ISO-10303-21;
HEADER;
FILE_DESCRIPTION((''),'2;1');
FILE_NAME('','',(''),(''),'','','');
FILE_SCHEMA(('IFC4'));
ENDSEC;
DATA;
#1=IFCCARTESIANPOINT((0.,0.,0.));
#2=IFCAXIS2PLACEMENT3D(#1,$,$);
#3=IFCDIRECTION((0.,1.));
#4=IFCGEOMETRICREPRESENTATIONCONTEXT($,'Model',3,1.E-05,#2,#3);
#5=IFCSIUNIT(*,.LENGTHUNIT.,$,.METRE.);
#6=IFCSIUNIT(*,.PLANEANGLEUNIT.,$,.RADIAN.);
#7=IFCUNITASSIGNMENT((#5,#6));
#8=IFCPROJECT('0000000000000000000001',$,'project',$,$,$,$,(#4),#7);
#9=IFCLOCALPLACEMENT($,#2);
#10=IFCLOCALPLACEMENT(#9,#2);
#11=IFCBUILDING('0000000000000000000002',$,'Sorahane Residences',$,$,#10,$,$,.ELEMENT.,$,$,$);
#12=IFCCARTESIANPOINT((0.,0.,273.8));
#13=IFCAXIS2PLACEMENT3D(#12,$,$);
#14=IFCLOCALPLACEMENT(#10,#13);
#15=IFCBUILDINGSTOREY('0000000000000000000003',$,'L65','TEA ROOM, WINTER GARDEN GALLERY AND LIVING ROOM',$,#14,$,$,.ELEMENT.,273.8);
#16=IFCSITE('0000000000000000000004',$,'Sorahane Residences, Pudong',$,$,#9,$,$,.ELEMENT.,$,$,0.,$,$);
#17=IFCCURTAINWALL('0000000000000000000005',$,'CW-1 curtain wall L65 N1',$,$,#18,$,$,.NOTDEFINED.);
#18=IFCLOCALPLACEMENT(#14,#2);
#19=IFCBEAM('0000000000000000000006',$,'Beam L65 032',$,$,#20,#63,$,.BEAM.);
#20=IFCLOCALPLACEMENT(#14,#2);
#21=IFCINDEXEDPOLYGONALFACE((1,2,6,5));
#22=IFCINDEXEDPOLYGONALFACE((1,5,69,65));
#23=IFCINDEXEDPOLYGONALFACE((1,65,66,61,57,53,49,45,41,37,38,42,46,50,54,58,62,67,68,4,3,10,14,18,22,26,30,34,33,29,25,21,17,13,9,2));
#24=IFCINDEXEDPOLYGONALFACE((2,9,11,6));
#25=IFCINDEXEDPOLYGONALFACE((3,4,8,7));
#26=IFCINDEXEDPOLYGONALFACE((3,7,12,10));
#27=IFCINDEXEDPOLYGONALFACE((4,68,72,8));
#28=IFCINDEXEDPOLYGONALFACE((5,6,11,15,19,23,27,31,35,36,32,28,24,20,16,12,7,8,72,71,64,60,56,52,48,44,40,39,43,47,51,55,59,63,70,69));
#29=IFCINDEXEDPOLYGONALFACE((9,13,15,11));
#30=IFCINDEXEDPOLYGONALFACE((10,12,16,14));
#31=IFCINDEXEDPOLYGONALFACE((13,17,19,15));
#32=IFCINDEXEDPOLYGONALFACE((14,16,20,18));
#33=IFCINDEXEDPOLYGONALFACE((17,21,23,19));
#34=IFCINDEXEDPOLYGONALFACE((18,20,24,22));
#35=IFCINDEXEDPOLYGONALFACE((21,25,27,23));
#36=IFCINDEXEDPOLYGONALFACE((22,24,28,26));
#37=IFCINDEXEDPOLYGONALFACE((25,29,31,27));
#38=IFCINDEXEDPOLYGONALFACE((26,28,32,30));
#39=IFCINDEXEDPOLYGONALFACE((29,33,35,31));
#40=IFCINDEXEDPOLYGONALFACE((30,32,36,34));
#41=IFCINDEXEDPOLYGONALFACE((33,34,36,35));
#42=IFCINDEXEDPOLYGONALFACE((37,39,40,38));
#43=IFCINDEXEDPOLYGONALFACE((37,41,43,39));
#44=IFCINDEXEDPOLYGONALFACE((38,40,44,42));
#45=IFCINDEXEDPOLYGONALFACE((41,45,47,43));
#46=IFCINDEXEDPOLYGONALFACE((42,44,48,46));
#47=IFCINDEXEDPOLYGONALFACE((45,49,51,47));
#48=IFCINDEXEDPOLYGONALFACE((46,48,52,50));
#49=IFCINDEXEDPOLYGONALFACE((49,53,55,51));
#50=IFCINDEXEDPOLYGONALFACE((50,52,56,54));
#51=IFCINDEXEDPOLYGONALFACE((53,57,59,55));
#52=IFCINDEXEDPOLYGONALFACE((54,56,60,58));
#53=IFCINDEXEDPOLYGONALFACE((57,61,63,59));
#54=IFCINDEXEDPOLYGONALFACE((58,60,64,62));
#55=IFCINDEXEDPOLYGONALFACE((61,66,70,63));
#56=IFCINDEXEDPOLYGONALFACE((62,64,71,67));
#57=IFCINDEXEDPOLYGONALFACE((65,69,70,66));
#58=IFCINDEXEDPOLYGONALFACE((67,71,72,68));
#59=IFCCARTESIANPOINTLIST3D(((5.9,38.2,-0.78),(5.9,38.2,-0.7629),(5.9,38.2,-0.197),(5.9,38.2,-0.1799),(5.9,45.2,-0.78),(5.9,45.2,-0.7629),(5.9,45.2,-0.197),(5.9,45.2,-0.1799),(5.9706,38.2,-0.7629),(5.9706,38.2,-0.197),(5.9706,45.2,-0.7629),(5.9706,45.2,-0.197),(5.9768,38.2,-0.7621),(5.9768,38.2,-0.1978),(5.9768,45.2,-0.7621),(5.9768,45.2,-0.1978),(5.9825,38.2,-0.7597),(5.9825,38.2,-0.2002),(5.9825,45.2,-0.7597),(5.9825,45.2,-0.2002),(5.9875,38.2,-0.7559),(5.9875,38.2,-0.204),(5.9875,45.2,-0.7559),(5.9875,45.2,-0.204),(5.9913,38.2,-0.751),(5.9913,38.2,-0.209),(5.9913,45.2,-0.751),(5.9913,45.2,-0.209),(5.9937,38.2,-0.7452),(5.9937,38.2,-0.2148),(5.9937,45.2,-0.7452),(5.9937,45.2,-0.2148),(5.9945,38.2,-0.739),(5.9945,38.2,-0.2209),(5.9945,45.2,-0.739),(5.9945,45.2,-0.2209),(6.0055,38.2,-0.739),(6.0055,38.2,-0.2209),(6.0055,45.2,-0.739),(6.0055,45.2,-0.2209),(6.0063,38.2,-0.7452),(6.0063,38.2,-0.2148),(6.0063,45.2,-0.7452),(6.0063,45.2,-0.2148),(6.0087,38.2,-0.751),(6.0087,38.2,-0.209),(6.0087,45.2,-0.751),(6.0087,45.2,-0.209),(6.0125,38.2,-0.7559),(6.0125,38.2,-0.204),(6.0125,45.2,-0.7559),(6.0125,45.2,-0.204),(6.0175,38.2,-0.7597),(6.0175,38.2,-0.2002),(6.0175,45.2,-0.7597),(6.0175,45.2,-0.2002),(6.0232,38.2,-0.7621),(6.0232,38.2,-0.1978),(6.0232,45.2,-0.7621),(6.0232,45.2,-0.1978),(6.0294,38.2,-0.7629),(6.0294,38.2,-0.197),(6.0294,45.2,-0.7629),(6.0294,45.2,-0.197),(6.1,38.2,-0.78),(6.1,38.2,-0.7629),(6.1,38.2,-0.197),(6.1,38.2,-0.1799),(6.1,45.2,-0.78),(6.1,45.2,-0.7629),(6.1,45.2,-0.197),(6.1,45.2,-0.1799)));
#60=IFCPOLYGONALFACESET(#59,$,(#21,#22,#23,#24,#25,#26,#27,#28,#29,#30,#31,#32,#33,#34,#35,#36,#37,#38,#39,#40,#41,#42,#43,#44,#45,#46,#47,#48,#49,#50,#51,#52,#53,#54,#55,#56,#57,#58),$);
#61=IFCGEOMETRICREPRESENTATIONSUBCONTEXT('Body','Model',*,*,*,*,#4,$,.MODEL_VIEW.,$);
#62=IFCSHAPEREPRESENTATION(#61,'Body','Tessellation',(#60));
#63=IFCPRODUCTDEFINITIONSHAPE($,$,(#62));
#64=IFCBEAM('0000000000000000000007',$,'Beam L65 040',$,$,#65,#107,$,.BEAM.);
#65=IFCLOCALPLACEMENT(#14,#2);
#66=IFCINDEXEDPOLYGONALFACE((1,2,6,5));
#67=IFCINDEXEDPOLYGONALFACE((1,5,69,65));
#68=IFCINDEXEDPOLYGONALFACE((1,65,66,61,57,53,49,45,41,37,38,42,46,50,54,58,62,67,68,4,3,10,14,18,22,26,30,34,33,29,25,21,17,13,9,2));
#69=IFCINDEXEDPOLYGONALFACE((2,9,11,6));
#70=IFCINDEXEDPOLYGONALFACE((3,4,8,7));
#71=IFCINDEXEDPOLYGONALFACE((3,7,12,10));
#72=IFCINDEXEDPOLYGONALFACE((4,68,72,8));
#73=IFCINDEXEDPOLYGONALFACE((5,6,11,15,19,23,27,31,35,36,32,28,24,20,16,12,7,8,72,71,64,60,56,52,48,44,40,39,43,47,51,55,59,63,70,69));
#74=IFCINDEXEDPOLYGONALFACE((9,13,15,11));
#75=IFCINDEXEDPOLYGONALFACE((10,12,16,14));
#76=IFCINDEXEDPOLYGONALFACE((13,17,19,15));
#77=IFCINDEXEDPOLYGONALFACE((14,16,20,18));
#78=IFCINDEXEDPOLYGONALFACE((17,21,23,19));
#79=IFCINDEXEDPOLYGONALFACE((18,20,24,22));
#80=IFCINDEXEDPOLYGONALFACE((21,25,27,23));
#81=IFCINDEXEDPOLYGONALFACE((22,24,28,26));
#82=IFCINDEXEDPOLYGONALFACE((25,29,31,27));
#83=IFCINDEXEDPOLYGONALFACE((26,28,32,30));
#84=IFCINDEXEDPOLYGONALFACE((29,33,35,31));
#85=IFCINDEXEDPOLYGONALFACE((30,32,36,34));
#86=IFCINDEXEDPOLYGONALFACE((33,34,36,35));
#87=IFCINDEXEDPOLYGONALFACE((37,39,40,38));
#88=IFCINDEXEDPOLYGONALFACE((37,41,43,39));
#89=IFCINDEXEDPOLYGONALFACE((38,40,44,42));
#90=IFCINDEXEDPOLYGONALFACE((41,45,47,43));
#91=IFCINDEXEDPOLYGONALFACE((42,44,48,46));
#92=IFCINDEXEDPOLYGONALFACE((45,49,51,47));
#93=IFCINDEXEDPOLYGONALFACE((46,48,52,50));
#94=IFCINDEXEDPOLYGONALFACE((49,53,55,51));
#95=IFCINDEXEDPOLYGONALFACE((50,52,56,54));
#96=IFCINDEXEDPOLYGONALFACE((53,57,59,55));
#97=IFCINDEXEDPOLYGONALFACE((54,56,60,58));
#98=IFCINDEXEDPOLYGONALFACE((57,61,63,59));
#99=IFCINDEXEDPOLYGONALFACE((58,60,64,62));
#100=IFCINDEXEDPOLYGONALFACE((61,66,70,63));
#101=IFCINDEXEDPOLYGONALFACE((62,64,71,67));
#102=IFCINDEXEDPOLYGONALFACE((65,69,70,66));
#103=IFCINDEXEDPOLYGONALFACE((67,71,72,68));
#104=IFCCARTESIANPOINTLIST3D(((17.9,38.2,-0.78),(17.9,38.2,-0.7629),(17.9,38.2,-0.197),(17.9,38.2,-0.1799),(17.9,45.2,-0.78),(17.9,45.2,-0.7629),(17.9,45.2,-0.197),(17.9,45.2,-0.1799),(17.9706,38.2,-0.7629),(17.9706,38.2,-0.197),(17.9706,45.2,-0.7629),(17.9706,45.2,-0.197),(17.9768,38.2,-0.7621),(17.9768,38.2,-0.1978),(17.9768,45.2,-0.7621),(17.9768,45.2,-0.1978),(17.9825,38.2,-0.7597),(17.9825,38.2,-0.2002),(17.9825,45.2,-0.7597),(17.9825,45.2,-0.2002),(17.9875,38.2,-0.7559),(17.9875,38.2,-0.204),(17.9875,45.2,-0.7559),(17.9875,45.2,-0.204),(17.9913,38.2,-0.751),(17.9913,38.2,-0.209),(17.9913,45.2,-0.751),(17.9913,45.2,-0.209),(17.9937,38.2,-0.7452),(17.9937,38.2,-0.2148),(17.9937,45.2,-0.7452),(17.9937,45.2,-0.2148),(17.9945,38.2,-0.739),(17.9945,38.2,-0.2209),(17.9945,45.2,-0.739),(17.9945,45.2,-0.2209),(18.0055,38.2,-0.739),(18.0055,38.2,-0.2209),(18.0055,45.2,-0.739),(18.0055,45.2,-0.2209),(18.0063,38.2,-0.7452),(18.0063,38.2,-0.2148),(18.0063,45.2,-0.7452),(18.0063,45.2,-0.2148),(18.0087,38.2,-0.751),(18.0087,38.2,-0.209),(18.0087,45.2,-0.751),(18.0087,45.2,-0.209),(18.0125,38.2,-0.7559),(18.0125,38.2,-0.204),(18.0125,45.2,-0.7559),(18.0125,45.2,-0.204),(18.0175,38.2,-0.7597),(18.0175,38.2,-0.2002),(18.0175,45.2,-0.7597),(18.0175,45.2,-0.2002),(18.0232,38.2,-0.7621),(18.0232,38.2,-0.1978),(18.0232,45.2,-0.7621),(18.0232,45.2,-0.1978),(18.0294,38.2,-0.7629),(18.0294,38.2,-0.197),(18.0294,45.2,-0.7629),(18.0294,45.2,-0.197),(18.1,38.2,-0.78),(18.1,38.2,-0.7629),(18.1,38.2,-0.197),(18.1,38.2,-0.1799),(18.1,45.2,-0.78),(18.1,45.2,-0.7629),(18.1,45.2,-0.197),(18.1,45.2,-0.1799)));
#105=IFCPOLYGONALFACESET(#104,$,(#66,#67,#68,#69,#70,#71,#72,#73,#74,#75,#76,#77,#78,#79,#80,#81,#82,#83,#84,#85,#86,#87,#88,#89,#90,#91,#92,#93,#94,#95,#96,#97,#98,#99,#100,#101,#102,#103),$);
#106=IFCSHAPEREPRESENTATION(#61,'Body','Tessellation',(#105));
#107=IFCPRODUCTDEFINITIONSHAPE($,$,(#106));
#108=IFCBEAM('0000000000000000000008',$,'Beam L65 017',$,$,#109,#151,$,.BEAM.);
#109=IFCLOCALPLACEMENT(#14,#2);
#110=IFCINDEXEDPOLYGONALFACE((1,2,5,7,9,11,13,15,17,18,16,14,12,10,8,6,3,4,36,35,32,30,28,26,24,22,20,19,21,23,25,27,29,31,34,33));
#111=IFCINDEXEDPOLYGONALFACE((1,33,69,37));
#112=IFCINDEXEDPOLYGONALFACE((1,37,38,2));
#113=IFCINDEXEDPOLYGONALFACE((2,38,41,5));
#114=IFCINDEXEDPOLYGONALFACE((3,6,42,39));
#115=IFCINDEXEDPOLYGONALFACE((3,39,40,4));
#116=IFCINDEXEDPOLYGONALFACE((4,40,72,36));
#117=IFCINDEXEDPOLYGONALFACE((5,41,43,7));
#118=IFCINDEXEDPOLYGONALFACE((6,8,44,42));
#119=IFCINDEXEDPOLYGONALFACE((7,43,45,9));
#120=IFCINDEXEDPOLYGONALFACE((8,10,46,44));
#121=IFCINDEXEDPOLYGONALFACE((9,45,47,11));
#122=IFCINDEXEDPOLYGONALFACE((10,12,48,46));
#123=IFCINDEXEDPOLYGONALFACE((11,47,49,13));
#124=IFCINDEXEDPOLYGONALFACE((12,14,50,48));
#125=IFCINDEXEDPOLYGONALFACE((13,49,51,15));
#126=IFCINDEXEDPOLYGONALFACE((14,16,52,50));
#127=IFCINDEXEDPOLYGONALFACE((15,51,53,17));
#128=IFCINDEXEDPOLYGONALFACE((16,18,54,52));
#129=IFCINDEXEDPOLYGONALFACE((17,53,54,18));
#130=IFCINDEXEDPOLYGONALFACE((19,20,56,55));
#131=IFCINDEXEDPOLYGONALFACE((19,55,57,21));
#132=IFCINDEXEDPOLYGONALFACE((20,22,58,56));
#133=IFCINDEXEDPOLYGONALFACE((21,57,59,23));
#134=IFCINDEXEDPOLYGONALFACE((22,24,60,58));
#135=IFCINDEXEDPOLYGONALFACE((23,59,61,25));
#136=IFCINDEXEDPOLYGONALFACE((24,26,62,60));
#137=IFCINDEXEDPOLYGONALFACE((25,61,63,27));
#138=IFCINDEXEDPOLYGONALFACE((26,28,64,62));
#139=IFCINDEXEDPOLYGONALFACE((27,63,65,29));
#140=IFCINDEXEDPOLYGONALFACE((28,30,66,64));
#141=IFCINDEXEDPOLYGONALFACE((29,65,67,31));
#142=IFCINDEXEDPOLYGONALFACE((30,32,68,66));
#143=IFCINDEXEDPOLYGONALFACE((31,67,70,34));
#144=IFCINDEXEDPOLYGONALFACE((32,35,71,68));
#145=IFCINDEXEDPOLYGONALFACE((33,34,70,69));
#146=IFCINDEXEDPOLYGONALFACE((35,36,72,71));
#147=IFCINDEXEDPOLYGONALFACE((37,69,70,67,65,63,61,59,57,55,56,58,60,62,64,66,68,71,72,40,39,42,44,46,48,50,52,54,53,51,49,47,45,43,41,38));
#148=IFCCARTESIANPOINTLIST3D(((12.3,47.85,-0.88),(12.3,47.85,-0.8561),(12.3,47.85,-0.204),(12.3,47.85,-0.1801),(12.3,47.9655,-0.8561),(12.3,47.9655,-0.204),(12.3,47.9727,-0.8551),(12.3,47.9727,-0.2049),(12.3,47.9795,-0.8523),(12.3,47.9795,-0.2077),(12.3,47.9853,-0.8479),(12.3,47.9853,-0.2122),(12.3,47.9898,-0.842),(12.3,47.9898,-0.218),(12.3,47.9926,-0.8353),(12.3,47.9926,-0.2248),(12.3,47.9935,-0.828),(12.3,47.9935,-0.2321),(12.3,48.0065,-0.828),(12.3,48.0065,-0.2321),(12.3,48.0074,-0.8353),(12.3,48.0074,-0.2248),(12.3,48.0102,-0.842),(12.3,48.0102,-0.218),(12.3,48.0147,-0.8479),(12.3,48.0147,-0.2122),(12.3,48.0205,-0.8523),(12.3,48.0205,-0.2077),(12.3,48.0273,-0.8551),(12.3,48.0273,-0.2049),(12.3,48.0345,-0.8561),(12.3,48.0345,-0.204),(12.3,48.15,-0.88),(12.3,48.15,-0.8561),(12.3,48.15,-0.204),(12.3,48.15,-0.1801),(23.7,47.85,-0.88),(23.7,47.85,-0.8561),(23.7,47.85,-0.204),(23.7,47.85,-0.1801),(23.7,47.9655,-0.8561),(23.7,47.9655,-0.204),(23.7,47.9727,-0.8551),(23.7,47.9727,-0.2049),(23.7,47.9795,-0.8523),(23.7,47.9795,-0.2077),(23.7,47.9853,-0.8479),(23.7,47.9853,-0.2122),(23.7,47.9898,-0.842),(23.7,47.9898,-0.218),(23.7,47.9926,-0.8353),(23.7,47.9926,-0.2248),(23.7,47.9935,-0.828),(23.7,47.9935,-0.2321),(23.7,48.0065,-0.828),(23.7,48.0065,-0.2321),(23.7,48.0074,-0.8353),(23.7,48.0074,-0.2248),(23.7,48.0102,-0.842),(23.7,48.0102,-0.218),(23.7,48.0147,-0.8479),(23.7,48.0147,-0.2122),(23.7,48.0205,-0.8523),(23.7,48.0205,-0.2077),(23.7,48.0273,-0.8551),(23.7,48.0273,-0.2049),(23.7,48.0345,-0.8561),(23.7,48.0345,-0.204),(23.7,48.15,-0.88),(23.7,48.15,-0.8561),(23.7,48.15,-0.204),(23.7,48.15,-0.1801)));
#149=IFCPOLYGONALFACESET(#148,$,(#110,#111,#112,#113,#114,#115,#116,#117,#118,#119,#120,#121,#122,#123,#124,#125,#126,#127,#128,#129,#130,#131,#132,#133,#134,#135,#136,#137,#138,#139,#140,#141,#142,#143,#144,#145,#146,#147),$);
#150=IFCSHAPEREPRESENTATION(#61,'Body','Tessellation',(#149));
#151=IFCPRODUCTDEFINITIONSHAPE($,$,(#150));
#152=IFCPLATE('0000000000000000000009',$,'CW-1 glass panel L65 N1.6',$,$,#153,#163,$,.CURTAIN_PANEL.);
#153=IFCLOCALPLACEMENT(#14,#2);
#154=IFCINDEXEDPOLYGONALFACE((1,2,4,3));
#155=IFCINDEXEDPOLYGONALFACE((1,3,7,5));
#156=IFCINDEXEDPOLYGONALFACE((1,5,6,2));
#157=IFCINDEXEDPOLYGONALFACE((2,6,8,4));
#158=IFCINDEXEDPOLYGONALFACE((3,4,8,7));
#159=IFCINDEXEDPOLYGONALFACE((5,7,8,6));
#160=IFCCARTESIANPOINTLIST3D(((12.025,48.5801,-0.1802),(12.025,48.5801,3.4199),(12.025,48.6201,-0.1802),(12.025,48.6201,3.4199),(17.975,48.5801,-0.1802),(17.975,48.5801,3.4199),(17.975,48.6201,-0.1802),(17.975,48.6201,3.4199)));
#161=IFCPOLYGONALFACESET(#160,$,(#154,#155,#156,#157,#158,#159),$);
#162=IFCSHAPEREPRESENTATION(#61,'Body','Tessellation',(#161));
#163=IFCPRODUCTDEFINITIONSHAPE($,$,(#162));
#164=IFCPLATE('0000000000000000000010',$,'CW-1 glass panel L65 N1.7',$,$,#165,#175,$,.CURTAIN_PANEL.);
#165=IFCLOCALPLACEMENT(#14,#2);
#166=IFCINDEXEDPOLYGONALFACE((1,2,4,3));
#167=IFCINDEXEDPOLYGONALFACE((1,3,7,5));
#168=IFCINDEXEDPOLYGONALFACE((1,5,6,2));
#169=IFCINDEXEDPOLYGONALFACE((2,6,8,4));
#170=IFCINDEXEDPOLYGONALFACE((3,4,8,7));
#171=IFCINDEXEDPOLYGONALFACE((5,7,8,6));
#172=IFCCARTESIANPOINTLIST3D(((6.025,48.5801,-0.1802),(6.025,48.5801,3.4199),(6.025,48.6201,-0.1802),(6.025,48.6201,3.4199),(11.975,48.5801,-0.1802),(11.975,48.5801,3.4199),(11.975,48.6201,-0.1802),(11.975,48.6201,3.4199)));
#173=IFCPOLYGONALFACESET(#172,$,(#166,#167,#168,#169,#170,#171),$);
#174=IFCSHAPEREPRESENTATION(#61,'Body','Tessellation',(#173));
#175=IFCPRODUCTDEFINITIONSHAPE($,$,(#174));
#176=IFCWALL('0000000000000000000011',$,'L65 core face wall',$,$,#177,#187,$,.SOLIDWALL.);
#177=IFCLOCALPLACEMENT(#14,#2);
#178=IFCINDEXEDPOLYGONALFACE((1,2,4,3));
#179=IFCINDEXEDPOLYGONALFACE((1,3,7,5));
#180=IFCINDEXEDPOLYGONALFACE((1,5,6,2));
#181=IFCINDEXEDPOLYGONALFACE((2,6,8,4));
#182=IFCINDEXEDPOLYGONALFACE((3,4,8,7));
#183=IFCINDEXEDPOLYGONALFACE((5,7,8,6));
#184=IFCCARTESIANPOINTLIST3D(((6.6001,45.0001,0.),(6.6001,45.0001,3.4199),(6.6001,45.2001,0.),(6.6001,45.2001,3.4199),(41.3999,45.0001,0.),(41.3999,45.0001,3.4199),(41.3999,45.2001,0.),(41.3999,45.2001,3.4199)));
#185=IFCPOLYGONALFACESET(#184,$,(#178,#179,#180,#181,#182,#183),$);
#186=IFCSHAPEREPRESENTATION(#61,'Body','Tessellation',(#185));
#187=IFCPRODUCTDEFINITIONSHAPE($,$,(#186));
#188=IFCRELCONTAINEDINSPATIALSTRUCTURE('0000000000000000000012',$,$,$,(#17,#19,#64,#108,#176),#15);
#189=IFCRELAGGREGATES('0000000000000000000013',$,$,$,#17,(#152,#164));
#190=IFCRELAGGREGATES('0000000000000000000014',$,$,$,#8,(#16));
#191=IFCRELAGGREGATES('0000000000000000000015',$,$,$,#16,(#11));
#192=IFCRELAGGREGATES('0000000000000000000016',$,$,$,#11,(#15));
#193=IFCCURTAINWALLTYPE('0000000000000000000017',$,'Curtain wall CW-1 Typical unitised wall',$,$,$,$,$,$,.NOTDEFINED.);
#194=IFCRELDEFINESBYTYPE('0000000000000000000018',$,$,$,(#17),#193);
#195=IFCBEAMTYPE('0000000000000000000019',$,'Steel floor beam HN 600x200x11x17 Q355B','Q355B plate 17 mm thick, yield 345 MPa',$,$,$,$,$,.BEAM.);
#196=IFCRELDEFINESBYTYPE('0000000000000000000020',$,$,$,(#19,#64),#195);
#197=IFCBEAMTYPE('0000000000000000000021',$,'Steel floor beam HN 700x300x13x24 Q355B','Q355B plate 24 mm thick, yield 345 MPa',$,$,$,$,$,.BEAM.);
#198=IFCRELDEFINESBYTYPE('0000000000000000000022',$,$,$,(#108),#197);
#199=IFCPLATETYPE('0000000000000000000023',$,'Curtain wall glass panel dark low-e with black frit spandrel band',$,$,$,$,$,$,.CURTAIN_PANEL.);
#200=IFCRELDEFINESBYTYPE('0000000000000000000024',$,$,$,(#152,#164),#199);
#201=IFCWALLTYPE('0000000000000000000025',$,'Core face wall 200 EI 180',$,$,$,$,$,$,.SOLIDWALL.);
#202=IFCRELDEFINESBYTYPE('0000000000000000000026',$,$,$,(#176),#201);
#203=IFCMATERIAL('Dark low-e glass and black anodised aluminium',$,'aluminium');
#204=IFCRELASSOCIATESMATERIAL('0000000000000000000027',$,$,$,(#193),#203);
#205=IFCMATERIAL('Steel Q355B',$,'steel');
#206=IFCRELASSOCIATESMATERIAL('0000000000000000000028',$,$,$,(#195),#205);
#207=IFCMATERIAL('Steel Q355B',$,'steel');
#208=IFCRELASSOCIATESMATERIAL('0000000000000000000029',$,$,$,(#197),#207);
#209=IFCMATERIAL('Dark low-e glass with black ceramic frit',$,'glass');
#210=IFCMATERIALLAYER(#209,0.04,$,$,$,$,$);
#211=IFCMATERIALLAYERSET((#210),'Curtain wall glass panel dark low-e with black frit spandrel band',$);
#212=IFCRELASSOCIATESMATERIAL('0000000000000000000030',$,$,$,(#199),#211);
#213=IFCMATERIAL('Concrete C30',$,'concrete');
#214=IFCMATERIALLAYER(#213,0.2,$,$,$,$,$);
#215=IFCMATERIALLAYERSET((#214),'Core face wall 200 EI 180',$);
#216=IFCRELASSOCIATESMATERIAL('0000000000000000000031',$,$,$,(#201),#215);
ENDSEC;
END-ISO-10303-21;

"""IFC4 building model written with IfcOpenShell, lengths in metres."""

from ifc_helpers import new_model, si_unit, direction, frame, frame_2d, origin, origin_2d, place, context, subcontext, project, spatial, rectangle, i_section, extrude, material, layer, layer_set, material_profile, profile_set, type_object, element, aggregate, save


model = new_model("IFC4")

# Units and contexts
model_context = context("Model", 3, precision=1e-05, world=origin(), true_north=direction((0.0, 1.0)))
body_context = subcontext(model_context, "Body", "Model", "MODEL_VIEW")
ifc_project = project(units=[si_unit("LENGTHUNIT", "METRE"), si_unit("PLANEANGLEUNIT", "RADIAN")], contexts=[model_context])

# Site, building, storey
site_placement = place(None, origin())
site = spatial("IfcSite", under=ifc_project, at=site_placement, Name="Sorahane Residences, Pudong", CompositionType="ELEMENT", RefElevation=0.0)
building_placement = place(site_placement, origin())
building = spatial("IfcBuilding", under=site, at=building_placement, Name="Sorahane Residences", CompositionType="ELEMENT")
storey_placement = place(building_placement, frame((0.0, 0.0, 273.8)))
storey = spatial("IfcBuildingStorey", under=building, at=storey_placement, Name="L65", Description="TEA ROOM, WINTER GARDEN GALLERY AND LIVING ROOM", CompositionType="ELEMENT", Elevation=273.8)

# Curtain wall
ifc_material_1 = material(Name="Dark low-e glass and black anodised aluminium", Category="aluminium")
curtain_wall_type = type_object("IfcCurtainWallType", Name="Curtain wall CW-1 Typical unitised wall", PredefinedType="NOTDEFINED", material=ifc_material_1)
curtain_wall_placement = place(storey_placement, origin())
curtain_wall = element("IfcCurtainWall", 1, at=curtain_wall_placement, inside=storey, type_object=curtain_wall_type, Name="CW-1 curtain wall L65 N1", PredefinedType="NOTDEFINED")

# Beams
ifc_material_2 = material(Name="Steel Q355B", Category="steel")
ifc_material_profile_1 = material_profile(ifc_material_2, i_section(OverallWidth=0.2, OverallDepth=0.6001, WebThickness=0.011, FlangeThickness=0.0171, FilletRadius=0.0239, at=origin_2d()), Name="HN 600x200x11x17")
ifc_profile_set_1 = profile_set([ifc_material_profile_1], Name="Steel Q355B")
beam_type_1 = type_object("IfcBeamType", Name="Steel floor beam HN 600x200x11x17 Q355B", Description="Q355B plate 17 mm thick, yield 345 MPa", PredefinedType="BEAM", material=ifc_profile_set_1)
for number, where, z_axis, x_axis, name in (
    (2, (6.0, 38.2, -0.48), (0.0, 1.0, 0.0), (-1.0, 0.0, 0.0), "Beam L65 032"),
    (3, (18.0, 38.2, -0.48), (0.0, 1.0, 0.0), (-1.0, 0.0, 0.0), "Beam L65 040"),
):
    element("IfcBeam", number, at=place(storey_placement, frame(where, z_axis=z_axis, x_axis=x_axis)), inside=storey, type_object=beam_type_1, Name=name, PredefinedType="BEAM", context=body_context, shape_type="SweptSolid", body=[
        extrude(i_section(OverallWidth=0.2, OverallDepth=0.6001, WebThickness=0.011, FlangeThickness=0.0171, FilletRadius=0.0239, at=origin_2d()), origin(), (0.0, 0.0, 1.0), 7.0),
    ])
ifc_material_3 = material(Name="Steel Q355B", Category="steel")
ifc_material_profile_2 = material_profile(ifc_material_3, i_section(OverallWidth=0.3, OverallDepth=0.7, WebThickness=0.0129, FlangeThickness=0.0239, FilletRadius=0.0281, at=origin_2d()), Name="HN 700x300x13x24")
ifc_profile_set_2 = profile_set([ifc_material_profile_2], Name="Steel Q355B")
beam_type_2 = type_object("IfcBeamType", Name="Steel floor beam HN 700x300x13x24 Q355B", Description="Q355B plate 24 mm thick, yield 345 MPa", PredefinedType="BEAM", material=ifc_profile_set_2)
beam_1_placement = place(storey_placement, frame((12.3, 48.0, -0.53), z_axis=(1.0, 0.0, 0.0), x_axis=(0.0, 1.0, 0.0)))
element("IfcBeam", 4, at=beam_1_placement, inside=storey, type_object=beam_type_2, Name="Beam L65 017", PredefinedType="BEAM", context=body_context, shape_type="SweptSolid", body=[
    extrude(i_section(OverallWidth=0.3, OverallDepth=0.7, WebThickness=0.0129, FlangeThickness=0.0239, FilletRadius=0.0281, at=origin_2d()), origin(), (0.0, 0.0, 1.0), 11.3999),
])

# Plates
ifc_material_4 = material(Name="Dark low-e glass with black ceramic frit", Category="glass")
ifc_layer_1 = layer(ifc_material_4, 0.04)
ifc_layer_set_1 = layer_set([ifc_layer_1], Name="Curtain wall glass panel dark low-e with black frit spandrel band")
plate_type = type_object("IfcPlateType", Name="Curtain wall glass panel dark low-e with black frit spandrel band", PredefinedType="CURTAIN_PANEL", material=ifc_layer_set_1)
plate_1_placement = place(storey_placement, frame((15.0, 48.6001, -0.1802), z_axis=(0.0, 0.0, 1.0), x_axis=(-1.0, 0.0, 0.0)))
plate_1 = element("IfcPlate", 5, at=plate_1_placement, type_object=plate_type, Name="CW-1 glass panel L65 N1.6", PredefinedType="CURTAIN_PANEL", context=body_context, shape_type="SweptSolid", body=[
    extrude(rectangle(XDim=5.95, YDim=0.04, at=origin_2d()), origin(), (0.0, 0.0, 1.0), 3.6001),
])
plate_2_placement = place(storey_placement, frame((9.0, 48.6001, -0.1802), z_axis=(0.0, 0.0, 1.0), x_axis=(-1.0, 0.0, 0.0)))
plate_2 = element("IfcPlate", 6, at=plate_2_placement, type_object=plate_type, Name="CW-1 glass panel L65 N1.7", PredefinedType="CURTAIN_PANEL", context=body_context, shape_type="SweptSolid", body=[
    extrude(rectangle(XDim=5.95, YDim=0.04, at=origin_2d()), origin(), (0.0, 0.0, 1.0), 3.6001),
])
aggregate(curtain_wall, [plate_1, plate_2])

# Wall
ifc_material_5 = material(Name="Concrete C30", Category="concrete")
ifc_layer_2 = layer(ifc_material_5, 0.2)
ifc_layer_set_2 = layer_set([ifc_layer_2], Name="Core face wall 200 EI 180")
wall_type_1 = type_object("IfcWallType", Name="Core face wall 200 EI 180", PredefinedType="SOLIDWALL", material=ifc_layer_set_2)
wall_1_placement = place(storey_placement, frame((6.6001, 45.1001, 0.0), z_axis=(0.0, 0.0, 1.0), x_axis=(1.0, 0.0, 0.0)))
element("IfcWall", 7, at=wall_1_placement, inside=storey, type_object=wall_type_1, Name="L65 core face wall", PredefinedType="SOLIDWALL", context=body_context, shape_type="SweptSolid", body=[
    extrude(rectangle(XDim=34.7998, YDim=0.2, at=frame_2d((17.3999, 0.0))), origin(), (0.0, 0.0, 1.0), 3.4199),
])

save(model, "model.ifc")
